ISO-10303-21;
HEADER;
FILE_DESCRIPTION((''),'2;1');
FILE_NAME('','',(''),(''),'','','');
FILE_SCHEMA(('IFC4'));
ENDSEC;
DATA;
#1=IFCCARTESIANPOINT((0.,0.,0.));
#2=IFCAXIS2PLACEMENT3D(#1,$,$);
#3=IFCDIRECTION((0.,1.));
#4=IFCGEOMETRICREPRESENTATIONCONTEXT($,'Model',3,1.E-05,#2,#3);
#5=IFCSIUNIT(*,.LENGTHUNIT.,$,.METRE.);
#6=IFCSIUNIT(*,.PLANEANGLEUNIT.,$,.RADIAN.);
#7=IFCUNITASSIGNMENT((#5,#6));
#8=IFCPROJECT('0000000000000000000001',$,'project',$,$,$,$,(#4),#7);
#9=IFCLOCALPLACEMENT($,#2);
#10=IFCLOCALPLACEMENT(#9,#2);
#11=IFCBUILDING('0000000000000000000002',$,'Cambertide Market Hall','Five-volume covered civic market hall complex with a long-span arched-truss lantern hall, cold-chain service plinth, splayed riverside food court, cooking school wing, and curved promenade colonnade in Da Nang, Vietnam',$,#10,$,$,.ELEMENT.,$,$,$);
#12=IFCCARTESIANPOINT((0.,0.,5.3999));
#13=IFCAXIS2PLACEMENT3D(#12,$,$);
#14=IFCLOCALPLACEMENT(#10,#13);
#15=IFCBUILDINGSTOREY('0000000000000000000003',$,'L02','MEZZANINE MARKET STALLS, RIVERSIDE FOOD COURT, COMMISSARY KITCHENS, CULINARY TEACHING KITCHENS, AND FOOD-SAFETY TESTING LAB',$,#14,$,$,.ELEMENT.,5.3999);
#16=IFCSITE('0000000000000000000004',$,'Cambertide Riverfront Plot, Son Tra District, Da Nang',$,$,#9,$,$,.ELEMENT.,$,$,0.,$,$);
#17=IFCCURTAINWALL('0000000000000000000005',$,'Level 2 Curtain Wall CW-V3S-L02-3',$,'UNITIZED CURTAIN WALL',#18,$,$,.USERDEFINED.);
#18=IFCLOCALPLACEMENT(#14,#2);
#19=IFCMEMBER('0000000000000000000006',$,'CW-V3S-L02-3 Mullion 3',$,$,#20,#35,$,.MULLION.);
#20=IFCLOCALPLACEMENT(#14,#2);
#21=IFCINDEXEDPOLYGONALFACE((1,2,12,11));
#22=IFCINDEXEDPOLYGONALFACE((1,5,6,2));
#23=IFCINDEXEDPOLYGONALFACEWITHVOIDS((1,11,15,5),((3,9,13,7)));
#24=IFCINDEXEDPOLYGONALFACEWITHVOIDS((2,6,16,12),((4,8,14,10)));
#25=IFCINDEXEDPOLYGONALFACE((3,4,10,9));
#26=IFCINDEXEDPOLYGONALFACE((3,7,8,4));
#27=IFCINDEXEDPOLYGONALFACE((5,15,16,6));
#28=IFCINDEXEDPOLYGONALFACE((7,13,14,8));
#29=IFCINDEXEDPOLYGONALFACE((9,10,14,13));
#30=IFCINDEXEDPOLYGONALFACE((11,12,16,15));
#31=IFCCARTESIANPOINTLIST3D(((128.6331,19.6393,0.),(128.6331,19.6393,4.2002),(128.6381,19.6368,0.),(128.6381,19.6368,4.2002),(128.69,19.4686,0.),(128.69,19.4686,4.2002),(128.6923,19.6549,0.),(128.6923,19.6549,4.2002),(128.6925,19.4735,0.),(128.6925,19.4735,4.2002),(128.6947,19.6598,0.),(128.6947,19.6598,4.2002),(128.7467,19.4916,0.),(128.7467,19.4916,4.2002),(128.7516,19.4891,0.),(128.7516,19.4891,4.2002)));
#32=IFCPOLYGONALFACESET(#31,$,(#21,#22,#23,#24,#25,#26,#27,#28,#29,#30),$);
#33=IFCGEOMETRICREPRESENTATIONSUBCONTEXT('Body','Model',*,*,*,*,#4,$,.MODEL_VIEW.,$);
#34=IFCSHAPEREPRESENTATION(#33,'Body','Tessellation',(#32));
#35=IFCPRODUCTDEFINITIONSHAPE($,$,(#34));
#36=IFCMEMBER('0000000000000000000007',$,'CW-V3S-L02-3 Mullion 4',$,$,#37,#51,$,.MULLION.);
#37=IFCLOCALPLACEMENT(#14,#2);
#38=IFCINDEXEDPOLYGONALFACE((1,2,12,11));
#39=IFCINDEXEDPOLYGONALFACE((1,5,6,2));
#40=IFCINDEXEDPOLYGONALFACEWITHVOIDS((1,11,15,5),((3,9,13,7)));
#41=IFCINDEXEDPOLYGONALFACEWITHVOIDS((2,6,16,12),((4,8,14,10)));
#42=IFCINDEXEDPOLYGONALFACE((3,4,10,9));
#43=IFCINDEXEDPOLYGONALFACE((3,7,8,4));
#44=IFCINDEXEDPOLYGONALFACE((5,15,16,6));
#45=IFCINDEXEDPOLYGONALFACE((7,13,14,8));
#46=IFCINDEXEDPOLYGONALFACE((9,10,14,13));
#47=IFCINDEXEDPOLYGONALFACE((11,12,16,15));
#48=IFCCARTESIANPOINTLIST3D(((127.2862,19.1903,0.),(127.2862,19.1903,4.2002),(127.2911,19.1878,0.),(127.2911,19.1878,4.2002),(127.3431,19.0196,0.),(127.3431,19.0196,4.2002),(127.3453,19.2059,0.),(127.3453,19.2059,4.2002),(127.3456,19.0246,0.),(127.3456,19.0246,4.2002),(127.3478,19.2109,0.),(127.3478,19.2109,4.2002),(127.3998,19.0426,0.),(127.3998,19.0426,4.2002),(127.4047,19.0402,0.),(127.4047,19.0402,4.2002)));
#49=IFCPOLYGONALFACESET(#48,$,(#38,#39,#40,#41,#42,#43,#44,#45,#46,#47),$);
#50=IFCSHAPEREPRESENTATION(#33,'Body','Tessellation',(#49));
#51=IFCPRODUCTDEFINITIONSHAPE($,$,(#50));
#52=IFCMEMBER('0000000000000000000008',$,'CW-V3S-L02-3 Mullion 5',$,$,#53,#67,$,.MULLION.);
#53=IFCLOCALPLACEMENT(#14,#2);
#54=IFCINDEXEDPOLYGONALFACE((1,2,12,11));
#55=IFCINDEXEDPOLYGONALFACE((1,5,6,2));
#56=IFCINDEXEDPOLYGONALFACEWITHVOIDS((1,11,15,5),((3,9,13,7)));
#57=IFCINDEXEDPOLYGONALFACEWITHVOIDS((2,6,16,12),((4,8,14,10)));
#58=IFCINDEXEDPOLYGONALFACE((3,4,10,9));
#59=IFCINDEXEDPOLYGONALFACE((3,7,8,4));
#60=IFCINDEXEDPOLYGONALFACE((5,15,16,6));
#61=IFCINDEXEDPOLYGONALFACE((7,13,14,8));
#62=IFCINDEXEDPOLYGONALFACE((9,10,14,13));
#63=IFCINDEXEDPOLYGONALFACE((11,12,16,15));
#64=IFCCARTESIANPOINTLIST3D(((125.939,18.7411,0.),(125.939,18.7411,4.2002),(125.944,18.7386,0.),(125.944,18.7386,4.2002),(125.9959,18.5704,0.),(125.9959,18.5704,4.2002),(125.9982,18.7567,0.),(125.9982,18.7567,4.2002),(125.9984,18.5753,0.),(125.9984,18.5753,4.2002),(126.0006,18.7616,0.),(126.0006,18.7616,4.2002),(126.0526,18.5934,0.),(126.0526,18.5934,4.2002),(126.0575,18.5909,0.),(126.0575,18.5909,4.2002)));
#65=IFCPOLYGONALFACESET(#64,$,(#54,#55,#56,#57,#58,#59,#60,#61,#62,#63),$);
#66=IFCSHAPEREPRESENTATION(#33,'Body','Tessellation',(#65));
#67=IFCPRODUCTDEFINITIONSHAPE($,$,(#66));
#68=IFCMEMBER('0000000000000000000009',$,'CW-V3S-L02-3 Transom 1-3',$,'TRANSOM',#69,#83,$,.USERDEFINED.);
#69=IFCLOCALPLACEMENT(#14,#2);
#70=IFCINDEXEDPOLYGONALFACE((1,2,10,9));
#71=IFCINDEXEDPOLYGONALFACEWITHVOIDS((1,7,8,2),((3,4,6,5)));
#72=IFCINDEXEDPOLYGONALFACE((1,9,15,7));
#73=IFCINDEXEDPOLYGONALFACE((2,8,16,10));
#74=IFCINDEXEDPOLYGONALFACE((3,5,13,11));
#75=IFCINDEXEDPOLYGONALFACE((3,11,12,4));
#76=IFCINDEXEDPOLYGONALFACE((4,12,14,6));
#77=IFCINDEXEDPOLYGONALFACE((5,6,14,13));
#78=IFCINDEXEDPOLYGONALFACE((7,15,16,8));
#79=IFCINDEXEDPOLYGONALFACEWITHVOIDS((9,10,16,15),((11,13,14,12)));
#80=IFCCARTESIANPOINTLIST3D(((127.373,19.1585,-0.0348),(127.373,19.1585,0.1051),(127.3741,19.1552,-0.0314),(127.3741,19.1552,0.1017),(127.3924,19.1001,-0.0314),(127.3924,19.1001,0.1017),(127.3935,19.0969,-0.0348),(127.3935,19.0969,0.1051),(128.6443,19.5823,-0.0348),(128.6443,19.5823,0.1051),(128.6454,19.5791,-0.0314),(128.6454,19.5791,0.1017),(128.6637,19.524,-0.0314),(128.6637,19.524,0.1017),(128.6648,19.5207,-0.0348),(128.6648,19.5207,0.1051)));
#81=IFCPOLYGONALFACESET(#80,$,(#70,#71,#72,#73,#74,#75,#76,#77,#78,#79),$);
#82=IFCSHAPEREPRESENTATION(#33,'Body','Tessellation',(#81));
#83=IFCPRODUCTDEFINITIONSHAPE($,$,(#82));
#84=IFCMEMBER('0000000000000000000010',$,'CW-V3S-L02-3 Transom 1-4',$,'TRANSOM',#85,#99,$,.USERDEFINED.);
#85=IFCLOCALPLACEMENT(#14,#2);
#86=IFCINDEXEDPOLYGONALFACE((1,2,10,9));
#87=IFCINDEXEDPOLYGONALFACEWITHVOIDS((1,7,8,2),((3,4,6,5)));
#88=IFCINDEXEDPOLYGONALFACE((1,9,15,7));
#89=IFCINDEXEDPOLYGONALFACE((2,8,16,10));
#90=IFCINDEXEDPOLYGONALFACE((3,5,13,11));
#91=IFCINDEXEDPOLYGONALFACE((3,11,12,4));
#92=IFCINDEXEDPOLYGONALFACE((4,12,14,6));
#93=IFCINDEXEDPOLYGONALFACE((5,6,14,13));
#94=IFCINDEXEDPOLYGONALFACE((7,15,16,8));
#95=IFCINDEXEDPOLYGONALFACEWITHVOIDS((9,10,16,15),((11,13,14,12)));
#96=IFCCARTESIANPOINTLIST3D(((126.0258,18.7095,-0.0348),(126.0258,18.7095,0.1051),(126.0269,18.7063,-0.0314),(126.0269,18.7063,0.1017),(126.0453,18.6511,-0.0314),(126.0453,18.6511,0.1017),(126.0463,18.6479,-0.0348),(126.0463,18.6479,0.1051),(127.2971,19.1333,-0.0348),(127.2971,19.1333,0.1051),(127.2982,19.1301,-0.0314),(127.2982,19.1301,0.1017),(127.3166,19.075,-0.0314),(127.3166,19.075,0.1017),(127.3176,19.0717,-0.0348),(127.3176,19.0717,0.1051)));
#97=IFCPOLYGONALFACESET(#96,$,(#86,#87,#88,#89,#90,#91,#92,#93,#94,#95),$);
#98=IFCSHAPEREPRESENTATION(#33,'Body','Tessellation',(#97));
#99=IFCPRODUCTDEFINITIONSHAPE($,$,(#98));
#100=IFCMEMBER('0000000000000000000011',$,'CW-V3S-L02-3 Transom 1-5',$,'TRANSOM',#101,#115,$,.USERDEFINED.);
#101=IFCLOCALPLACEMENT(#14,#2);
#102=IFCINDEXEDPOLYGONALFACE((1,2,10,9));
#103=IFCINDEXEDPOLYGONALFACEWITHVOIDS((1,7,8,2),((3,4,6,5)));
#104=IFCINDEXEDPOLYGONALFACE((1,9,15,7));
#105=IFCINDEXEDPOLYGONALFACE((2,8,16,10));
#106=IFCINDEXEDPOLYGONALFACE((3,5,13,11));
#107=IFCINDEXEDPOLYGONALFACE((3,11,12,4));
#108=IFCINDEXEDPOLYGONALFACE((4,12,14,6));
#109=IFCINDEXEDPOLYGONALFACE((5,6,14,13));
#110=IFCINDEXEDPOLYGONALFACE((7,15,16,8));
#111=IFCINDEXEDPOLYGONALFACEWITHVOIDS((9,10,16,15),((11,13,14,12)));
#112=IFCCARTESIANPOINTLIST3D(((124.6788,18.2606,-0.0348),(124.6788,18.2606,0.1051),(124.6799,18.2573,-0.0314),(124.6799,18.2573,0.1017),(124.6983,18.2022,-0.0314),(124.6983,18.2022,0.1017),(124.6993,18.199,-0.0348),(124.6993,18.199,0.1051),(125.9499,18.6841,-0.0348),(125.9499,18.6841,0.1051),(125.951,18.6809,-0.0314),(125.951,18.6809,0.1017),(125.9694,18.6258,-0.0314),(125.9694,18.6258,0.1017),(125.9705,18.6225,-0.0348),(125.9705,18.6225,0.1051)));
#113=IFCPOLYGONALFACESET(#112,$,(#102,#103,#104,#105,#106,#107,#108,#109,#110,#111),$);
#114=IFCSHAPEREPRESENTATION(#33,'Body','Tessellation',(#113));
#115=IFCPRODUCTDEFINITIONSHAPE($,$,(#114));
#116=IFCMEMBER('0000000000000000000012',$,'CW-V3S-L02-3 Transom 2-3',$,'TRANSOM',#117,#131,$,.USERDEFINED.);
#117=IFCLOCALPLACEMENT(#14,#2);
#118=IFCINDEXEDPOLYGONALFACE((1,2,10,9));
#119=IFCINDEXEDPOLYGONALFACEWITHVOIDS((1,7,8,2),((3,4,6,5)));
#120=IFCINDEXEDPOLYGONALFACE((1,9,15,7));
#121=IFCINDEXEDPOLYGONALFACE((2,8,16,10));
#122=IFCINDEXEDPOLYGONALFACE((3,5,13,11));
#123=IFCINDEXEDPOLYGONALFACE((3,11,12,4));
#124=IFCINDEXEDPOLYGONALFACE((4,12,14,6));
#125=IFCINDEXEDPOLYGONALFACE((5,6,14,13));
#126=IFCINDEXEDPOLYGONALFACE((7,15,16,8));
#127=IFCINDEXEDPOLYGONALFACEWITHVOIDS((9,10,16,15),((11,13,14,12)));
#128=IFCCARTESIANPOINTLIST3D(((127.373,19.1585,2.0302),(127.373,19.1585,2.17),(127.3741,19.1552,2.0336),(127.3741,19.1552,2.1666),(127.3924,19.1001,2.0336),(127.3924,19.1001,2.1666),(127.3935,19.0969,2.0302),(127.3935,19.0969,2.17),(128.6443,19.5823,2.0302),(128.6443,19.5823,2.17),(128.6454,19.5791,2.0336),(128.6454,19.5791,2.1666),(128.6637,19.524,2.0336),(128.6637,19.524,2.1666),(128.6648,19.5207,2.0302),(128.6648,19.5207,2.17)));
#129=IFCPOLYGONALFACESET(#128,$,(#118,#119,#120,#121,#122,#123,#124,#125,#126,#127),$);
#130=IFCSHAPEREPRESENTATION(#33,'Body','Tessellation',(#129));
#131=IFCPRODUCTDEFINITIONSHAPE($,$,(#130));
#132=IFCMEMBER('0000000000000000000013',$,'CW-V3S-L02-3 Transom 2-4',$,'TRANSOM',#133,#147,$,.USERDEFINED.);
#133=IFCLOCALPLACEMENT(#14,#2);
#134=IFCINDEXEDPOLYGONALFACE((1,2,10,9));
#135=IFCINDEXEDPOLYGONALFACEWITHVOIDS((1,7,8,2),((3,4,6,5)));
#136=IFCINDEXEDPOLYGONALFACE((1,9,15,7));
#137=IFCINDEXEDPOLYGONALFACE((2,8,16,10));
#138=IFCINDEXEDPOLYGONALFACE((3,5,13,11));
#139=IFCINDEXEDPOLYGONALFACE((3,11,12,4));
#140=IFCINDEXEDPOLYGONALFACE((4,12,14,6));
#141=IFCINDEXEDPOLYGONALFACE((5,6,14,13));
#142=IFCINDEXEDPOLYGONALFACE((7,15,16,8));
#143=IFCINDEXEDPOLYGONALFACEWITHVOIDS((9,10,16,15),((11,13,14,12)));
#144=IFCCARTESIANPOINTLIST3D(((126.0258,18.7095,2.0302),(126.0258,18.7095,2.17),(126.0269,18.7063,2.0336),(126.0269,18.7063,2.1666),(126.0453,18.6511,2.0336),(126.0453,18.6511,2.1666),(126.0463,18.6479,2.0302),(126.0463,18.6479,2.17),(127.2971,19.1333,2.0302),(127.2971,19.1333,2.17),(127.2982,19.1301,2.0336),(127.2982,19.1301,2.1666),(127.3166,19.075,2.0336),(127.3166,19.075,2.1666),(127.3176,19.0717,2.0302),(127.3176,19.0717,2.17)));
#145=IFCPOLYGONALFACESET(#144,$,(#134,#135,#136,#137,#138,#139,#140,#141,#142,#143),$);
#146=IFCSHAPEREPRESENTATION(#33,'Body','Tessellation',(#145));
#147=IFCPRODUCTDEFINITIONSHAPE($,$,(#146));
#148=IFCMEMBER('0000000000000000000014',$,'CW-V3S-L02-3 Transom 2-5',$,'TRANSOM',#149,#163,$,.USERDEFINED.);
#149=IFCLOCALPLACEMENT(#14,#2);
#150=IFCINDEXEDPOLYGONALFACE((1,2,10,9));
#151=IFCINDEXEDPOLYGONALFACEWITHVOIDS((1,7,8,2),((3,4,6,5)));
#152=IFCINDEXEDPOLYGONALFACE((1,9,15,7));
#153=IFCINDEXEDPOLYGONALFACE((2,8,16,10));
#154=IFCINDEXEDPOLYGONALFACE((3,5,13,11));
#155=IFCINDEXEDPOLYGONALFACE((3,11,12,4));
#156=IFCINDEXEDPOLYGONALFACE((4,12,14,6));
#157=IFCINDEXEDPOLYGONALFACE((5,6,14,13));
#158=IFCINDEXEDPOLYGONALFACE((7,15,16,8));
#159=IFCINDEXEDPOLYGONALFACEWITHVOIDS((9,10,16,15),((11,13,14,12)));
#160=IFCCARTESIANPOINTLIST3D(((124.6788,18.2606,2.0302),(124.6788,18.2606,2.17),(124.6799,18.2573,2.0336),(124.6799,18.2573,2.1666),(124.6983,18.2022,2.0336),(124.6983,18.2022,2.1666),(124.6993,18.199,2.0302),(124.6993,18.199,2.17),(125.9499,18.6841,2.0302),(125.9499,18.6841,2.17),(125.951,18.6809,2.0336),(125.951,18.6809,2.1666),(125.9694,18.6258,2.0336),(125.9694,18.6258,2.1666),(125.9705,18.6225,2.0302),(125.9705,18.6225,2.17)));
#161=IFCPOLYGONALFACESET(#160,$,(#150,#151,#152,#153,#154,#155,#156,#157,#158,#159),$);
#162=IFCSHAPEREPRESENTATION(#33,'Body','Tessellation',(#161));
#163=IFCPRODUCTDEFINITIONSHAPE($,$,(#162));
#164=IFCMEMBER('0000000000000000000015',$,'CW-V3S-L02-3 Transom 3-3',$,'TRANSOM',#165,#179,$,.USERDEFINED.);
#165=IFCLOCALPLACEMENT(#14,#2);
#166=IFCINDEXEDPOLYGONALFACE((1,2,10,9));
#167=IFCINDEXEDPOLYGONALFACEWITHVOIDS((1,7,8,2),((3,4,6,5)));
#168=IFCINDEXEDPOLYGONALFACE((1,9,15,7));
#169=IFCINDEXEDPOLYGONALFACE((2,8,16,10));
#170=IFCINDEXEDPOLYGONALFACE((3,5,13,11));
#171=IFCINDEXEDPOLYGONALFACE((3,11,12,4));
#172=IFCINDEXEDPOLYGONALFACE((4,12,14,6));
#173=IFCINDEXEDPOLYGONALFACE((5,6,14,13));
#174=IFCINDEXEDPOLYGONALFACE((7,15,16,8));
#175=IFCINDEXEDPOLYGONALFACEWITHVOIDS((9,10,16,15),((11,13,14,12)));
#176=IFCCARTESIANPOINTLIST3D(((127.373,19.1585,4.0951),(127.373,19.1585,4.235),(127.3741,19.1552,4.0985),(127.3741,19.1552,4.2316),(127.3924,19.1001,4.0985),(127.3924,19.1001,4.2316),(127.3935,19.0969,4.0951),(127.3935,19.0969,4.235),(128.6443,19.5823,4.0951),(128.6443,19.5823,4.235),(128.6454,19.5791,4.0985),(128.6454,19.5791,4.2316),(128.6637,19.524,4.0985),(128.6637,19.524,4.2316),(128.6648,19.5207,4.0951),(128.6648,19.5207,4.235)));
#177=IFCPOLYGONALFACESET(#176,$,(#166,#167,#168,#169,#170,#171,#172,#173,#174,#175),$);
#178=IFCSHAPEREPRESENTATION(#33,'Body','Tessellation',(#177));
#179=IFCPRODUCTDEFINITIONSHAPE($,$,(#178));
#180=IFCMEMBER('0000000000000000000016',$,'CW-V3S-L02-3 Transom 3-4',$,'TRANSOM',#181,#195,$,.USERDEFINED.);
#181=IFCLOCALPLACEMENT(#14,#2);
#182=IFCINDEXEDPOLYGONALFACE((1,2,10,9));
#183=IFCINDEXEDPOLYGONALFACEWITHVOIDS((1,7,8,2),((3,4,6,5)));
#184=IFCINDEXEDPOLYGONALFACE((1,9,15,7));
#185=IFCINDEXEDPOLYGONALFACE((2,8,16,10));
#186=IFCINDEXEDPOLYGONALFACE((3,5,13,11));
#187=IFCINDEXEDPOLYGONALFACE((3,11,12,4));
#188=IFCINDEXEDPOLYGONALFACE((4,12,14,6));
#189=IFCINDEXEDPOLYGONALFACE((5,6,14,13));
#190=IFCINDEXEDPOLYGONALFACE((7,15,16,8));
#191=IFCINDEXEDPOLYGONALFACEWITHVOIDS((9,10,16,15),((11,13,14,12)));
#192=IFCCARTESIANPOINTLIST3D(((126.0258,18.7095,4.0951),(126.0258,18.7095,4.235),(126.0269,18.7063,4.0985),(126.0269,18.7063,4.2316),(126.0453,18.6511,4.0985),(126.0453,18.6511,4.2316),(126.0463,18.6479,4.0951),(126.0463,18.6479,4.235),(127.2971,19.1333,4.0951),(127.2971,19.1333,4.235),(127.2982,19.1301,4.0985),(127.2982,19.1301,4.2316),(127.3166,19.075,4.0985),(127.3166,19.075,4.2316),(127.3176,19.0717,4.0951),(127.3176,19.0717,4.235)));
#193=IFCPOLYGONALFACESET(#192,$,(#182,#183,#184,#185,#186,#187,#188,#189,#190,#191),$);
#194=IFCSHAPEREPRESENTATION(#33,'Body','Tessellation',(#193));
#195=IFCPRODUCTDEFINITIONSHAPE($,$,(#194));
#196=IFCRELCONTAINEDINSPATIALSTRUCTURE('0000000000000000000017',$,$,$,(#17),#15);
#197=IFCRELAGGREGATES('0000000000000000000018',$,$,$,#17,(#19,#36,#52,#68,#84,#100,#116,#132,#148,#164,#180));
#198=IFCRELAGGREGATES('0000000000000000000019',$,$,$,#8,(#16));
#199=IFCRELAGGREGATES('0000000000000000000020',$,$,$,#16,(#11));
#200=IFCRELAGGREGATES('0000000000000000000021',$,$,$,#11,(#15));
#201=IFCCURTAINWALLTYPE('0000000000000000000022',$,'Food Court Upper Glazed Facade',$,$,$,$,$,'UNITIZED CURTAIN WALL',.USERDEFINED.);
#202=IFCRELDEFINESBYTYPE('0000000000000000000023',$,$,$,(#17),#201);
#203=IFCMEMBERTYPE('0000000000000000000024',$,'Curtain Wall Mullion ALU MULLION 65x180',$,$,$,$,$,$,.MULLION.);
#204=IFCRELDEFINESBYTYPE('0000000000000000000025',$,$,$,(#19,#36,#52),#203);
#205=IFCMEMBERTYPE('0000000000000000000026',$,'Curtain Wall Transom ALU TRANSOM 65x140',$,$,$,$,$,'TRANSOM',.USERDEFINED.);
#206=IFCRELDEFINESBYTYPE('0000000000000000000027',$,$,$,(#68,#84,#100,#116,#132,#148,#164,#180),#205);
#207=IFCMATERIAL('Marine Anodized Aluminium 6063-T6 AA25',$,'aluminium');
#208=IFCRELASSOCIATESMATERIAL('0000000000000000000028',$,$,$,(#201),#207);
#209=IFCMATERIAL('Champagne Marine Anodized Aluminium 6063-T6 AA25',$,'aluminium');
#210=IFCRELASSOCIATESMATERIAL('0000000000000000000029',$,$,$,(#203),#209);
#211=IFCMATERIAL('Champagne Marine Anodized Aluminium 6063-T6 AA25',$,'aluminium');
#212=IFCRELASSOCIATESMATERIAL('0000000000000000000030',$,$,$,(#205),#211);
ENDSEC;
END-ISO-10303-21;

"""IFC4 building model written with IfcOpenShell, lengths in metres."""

from ifc_helpers import new_model, si_unit, direction, frame, origin, origin_2d, place, context, subcontext, project, spatial, hollow_rectangle, extrude, material, material_profile, profile_set, type_object, element, aggregate, save


model = new_model("IFC4")

# Units and contexts
model_context = context("Model", 3, precision=1e-05, world=origin(), true_north=direction((0.0, 1.0)))
body_context = subcontext(model_context, "Body", "Model", "MODEL_VIEW")
ifc_project = project(units=[si_unit("LENGTHUNIT", "METRE"), si_unit("PLANEANGLEUNIT", "RADIAN")], contexts=[model_context])

# Site, building, storey
site_placement = place(None, origin())
site = spatial("IfcSite", under=ifc_project, at=site_placement, Name="Cambertide Riverfront Plot, Son Tra District, Da Nang", CompositionType="ELEMENT", RefElevation=0.0)
building_placement = place(site_placement, origin())
building = spatial("IfcBuilding", under=site, at=building_placement, Name="Cambertide Market Hall", Description="Five-volume covered civic market hall complex with a long-span arched-truss lantern hall, cold-chain service plinth, splayed riverside food court, cooking school wing, and curved promenade colonnade in Da Nang, Vietnam", CompositionType="ELEMENT")
storey_placement = place(building_placement, frame((0.0, 0.0, 5.3999)))
storey = spatial("IfcBuildingStorey", under=building, at=storey_placement, Name="L02", Description="MEZZANINE MARKET STALLS, RIVERSIDE FOOD COURT, COMMISSARY KITCHENS, CULINARY TEACHING KITCHENS, AND FOOD-SAFETY TESTING LAB", CompositionType="ELEMENT", Elevation=5.3999)

# Curtain wall, members
ifc_material_1 = material(Name="Marine Anodized Aluminium 6063-T6 AA25", Category="aluminium")
curtain_wall_type = type_object("IfcCurtainWallType", Name="Food Court Upper Glazed Facade", ElementType="UNITIZED CURTAIN WALL", PredefinedType="USERDEFINED", material=ifc_material_1)
curtain_wall_placement = place(storey_placement, origin())
curtain_wall = element("IfcCurtainWall", 1, at=curtain_wall_placement, inside=storey, type_object=curtain_wall_type, Name="Level 2 Curtain Wall CW-V3S-L02-3", ObjectType="UNITIZED CURTAIN WALL", PredefinedType="USERDEFINED")
ifc_material_2 = material(Name="Champagne Marine Anodized Aluminium 6063-T6 AA25", Category="aluminium")
ifc_material_profile_1 = material_profile(ifc_material_2, hollow_rectangle(XDim=0.0649, YDim=0.1799, WallThickness=0.0039, at=origin_2d()), Name="ALU MULLION 65x180")
ifc_profile_set_1 = profile_set([ifc_material_profile_1], Name="Champagne Marine Anodized Aluminium 6063-T6 AA25")
member_type_1 = type_object("IfcMemberType", Name="Curtain Wall Mullion ALU MULLION 65x180", PredefinedType="MULLION", material=ifc_profile_set_1)
member_1_placement = place(storey_placement, frame((128.6924, 19.5642, 0.0), z_axis=(0.0, 0.0, 1.0), x_axis=(-0.948683, -0.316228, 0.0)))
member_1 = element("IfcMember", 2, at=member_1_placement, type_object=member_type_1, Name="CW-V3S-L02-3 Mullion 3", PredefinedType="MULLION", context=body_context, shape_type="SweptSolid", body=[
    extrude(hollow_rectangle(XDim=0.0649, YDim=0.1799, WallThickness=0.0039, at=origin_2d()), origin(), (0.0, 0.0, 1.0), 4.2002),
])
member_2_placement = place(storey_placement, frame((127.3455, 19.1152, 0.0), z_axis=(0.0, 0.0, 1.0), x_axis=(-0.948683, -0.316228, 0.0)))
member_2 = element("IfcMember", 3, at=member_2_placement, type_object=member_type_1, Name="CW-V3S-L02-3 Mullion 4", PredefinedType="MULLION", context=body_context, shape_type="SweptSolid", body=[
    extrude(hollow_rectangle(XDim=0.0649, YDim=0.1799, WallThickness=0.0039, at=origin_2d()), origin(), (0.0, 0.0, 1.0), 4.2002),
])
member_3_placement = place(storey_placement, frame((125.9983, 18.666, 0.0), z_axis=(0.0, 0.0, 1.0), x_axis=(-0.948683, -0.316228, 0.0)))
member_3 = element("IfcMember", 4, at=member_3_placement, type_object=member_type_1, Name="CW-V3S-L02-3 Mullion 5", PredefinedType="MULLION", context=body_context, shape_type="SweptSolid", body=[
    extrude(hollow_rectangle(XDim=0.0649, YDim=0.1799, WallThickness=0.0039, at=origin_2d()), origin(), (0.0, 0.0, 1.0), 4.2002),
])
ifc_material_3 = material(Name="Champagne Marine Anodized Aluminium 6063-T6 AA25", Category="aluminium")
ifc_material_profile_2 = material_profile(ifc_material_3, hollow_rectangle(XDim=0.0649, YDim=0.1399, WallThickness=0.0034, at=origin_2d()), Name="ALU TRANSOM 65x140")
ifc_profile_set_2 = profile_set([ifc_material_profile_2], Name="Champagne Marine Anodized Aluminium 6063-T6 AA25")
member_type_2 = type_object("IfcMemberType", Name="Curtain Wall Transom ALU TRANSOM 65x140", ElementType="TRANSOM", PredefinedType="USERDEFINED", material=ifc_profile_set_2)
member_4_placement = place(storey_placement, frame((128.6545, 19.5515, 0.0352), z_axis=(-0.948665, -0.316282, 0.0), x_axis=(0.316282, -0.948665, 0.0)))
member_4 = element("IfcMember", 5, at=member_4_placement, type_object=member_type_2, Name="CW-V3S-L02-3 Transom 1-3", ObjectType="TRANSOM", PredefinedType="USERDEFINED", context=body_context, shape_type="SweptSolid", body=[
    extrude(hollow_rectangle(XDim=0.0649, YDim=0.1399, WallThickness=0.0034, at=origin_2d()), origin(), (0.0, 0.0, 1.0), 1.3401),
])
member_5_placement = place(storey_placement, frame((127.3074, 19.1025, 0.0352), z_axis=(-0.948665, -0.316282, 0.0), x_axis=(0.316282, -0.948665, 0.0)))
member_5 = element("IfcMember", 6, at=member_5_placement, type_object=member_type_2, Name="CW-V3S-L02-3 Transom 1-4", ObjectType="TRANSOM", PredefinedType="USERDEFINED", context=body_context, shape_type="SweptSolid", body=[
    extrude(hollow_rectangle(XDim=0.0649, YDim=0.1399, WallThickness=0.0034, at=origin_2d()), origin(), (0.0, 0.0, 1.0), 1.3401),
])
member_6_placement = place(storey_placement, frame((125.9602, 18.6533, 0.0352), z_axis=(-0.94872, -0.316118, 0.0), x_axis=(0.316118, -0.94872, 0.0)))
member_6 = element("IfcMember", 7, at=member_6_placement, type_object=member_type_2, Name="CW-V3S-L02-3 Transom 1-5", ObjectType="TRANSOM", PredefinedType="USERDEFINED", context=body_context, shape_type="SweptSolid", body=[
    extrude(hollow_rectangle(XDim=0.0649, YDim=0.1399, WallThickness=0.0034, at=origin_2d()), origin(), (0.0, 0.0, 1.0), 1.3398),
])
member_7_placement = place(storey_placement, frame((128.6545, 19.5515, 2.1001), z_axis=(-0.948665, -0.316282, 0.0), x_axis=(0.316282, -0.948665, 0.0)))
member_7 = element("IfcMember", 8, at=member_7_placement, type_object=member_type_2, Name="CW-V3S-L02-3 Transom 2-3", ObjectType="TRANSOM", PredefinedType="USERDEFINED", context=body_context, shape_type="SweptSolid", body=[
    extrude(hollow_rectangle(XDim=0.0649, YDim=0.1399, WallThickness=0.0034, at=origin_2d()), origin(), (0.0, 0.0, 1.0), 1.3401),
])
member_8_placement = place(storey_placement, frame((127.3074, 19.1025, 2.1001), z_axis=(-0.948665, -0.316282, 0.0), x_axis=(0.316282, -0.948665, 0.0)))
member_8 = element("IfcMember", 9, at=member_8_placement, type_object=member_type_2, Name="CW-V3S-L02-3 Transom 2-4", ObjectType="TRANSOM", PredefinedType="USERDEFINED", context=body_context, shape_type="SweptSolid", body=[
    extrude(hollow_rectangle(XDim=0.0649, YDim=0.1399, WallThickness=0.0034, at=origin_2d()), origin(), (0.0, 0.0, 1.0), 1.3401),
])
member_9_placement = place(storey_placement, frame((125.9602, 18.6533, 2.1001), z_axis=(-0.94872, -0.316118, 0.0), x_axis=(0.316118, -0.94872, 0.0)))
member_9 = element("IfcMember", 10, at=member_9_placement, type_object=member_type_2, Name="CW-V3S-L02-3 Transom 2-5", ObjectType="TRANSOM", PredefinedType="USERDEFINED", context=body_context, shape_type="SweptSolid", body=[
    extrude(hollow_rectangle(XDim=0.0649, YDim=0.1399, WallThickness=0.0034, at=origin_2d()), origin(), (0.0, 0.0, 1.0), 1.3398),
])
member_10_placement = place(storey_placement, frame((128.6545, 19.5515, 4.165), z_axis=(-0.948665, -0.316282, 0.0), x_axis=(0.316282, -0.948665, 0.0)))
member_10 = element("IfcMember", 11, at=member_10_placement, type_object=member_type_2, Name="CW-V3S-L02-3 Transom 3-3", ObjectType="TRANSOM", PredefinedType="USERDEFINED", context=body_context, shape_type="SweptSolid", body=[
    extrude(hollow_rectangle(XDim=0.0649, YDim=0.1399, WallThickness=0.0034, at=origin_2d()), origin(), (0.0, 0.0, 1.0), 1.3401),
])
member_11_placement = place(storey_placement, frame((127.3074, 19.1025, 4.165), z_axis=(-0.948665, -0.316282, 0.0), x_axis=(0.316282, -0.948665, 0.0)))
member_11 = element("IfcMember", 12, at=member_11_placement, type_object=member_type_2, Name="CW-V3S-L02-3 Transom 3-4", ObjectType="TRANSOM", PredefinedType="USERDEFINED", context=body_context, shape_type="SweptSolid", body=[
    extrude(hollow_rectangle(XDim=0.0649, YDim=0.1399, WallThickness=0.0034, at=origin_2d()), origin(), (0.0, 0.0, 1.0), 1.3401),
])

aggregate(curtain_wall, [member_1, member_2, member_3, member_4, member_5, member_6, member_7, member_8, member_9, member_10, member_11])

save(model, "model.ifc")
